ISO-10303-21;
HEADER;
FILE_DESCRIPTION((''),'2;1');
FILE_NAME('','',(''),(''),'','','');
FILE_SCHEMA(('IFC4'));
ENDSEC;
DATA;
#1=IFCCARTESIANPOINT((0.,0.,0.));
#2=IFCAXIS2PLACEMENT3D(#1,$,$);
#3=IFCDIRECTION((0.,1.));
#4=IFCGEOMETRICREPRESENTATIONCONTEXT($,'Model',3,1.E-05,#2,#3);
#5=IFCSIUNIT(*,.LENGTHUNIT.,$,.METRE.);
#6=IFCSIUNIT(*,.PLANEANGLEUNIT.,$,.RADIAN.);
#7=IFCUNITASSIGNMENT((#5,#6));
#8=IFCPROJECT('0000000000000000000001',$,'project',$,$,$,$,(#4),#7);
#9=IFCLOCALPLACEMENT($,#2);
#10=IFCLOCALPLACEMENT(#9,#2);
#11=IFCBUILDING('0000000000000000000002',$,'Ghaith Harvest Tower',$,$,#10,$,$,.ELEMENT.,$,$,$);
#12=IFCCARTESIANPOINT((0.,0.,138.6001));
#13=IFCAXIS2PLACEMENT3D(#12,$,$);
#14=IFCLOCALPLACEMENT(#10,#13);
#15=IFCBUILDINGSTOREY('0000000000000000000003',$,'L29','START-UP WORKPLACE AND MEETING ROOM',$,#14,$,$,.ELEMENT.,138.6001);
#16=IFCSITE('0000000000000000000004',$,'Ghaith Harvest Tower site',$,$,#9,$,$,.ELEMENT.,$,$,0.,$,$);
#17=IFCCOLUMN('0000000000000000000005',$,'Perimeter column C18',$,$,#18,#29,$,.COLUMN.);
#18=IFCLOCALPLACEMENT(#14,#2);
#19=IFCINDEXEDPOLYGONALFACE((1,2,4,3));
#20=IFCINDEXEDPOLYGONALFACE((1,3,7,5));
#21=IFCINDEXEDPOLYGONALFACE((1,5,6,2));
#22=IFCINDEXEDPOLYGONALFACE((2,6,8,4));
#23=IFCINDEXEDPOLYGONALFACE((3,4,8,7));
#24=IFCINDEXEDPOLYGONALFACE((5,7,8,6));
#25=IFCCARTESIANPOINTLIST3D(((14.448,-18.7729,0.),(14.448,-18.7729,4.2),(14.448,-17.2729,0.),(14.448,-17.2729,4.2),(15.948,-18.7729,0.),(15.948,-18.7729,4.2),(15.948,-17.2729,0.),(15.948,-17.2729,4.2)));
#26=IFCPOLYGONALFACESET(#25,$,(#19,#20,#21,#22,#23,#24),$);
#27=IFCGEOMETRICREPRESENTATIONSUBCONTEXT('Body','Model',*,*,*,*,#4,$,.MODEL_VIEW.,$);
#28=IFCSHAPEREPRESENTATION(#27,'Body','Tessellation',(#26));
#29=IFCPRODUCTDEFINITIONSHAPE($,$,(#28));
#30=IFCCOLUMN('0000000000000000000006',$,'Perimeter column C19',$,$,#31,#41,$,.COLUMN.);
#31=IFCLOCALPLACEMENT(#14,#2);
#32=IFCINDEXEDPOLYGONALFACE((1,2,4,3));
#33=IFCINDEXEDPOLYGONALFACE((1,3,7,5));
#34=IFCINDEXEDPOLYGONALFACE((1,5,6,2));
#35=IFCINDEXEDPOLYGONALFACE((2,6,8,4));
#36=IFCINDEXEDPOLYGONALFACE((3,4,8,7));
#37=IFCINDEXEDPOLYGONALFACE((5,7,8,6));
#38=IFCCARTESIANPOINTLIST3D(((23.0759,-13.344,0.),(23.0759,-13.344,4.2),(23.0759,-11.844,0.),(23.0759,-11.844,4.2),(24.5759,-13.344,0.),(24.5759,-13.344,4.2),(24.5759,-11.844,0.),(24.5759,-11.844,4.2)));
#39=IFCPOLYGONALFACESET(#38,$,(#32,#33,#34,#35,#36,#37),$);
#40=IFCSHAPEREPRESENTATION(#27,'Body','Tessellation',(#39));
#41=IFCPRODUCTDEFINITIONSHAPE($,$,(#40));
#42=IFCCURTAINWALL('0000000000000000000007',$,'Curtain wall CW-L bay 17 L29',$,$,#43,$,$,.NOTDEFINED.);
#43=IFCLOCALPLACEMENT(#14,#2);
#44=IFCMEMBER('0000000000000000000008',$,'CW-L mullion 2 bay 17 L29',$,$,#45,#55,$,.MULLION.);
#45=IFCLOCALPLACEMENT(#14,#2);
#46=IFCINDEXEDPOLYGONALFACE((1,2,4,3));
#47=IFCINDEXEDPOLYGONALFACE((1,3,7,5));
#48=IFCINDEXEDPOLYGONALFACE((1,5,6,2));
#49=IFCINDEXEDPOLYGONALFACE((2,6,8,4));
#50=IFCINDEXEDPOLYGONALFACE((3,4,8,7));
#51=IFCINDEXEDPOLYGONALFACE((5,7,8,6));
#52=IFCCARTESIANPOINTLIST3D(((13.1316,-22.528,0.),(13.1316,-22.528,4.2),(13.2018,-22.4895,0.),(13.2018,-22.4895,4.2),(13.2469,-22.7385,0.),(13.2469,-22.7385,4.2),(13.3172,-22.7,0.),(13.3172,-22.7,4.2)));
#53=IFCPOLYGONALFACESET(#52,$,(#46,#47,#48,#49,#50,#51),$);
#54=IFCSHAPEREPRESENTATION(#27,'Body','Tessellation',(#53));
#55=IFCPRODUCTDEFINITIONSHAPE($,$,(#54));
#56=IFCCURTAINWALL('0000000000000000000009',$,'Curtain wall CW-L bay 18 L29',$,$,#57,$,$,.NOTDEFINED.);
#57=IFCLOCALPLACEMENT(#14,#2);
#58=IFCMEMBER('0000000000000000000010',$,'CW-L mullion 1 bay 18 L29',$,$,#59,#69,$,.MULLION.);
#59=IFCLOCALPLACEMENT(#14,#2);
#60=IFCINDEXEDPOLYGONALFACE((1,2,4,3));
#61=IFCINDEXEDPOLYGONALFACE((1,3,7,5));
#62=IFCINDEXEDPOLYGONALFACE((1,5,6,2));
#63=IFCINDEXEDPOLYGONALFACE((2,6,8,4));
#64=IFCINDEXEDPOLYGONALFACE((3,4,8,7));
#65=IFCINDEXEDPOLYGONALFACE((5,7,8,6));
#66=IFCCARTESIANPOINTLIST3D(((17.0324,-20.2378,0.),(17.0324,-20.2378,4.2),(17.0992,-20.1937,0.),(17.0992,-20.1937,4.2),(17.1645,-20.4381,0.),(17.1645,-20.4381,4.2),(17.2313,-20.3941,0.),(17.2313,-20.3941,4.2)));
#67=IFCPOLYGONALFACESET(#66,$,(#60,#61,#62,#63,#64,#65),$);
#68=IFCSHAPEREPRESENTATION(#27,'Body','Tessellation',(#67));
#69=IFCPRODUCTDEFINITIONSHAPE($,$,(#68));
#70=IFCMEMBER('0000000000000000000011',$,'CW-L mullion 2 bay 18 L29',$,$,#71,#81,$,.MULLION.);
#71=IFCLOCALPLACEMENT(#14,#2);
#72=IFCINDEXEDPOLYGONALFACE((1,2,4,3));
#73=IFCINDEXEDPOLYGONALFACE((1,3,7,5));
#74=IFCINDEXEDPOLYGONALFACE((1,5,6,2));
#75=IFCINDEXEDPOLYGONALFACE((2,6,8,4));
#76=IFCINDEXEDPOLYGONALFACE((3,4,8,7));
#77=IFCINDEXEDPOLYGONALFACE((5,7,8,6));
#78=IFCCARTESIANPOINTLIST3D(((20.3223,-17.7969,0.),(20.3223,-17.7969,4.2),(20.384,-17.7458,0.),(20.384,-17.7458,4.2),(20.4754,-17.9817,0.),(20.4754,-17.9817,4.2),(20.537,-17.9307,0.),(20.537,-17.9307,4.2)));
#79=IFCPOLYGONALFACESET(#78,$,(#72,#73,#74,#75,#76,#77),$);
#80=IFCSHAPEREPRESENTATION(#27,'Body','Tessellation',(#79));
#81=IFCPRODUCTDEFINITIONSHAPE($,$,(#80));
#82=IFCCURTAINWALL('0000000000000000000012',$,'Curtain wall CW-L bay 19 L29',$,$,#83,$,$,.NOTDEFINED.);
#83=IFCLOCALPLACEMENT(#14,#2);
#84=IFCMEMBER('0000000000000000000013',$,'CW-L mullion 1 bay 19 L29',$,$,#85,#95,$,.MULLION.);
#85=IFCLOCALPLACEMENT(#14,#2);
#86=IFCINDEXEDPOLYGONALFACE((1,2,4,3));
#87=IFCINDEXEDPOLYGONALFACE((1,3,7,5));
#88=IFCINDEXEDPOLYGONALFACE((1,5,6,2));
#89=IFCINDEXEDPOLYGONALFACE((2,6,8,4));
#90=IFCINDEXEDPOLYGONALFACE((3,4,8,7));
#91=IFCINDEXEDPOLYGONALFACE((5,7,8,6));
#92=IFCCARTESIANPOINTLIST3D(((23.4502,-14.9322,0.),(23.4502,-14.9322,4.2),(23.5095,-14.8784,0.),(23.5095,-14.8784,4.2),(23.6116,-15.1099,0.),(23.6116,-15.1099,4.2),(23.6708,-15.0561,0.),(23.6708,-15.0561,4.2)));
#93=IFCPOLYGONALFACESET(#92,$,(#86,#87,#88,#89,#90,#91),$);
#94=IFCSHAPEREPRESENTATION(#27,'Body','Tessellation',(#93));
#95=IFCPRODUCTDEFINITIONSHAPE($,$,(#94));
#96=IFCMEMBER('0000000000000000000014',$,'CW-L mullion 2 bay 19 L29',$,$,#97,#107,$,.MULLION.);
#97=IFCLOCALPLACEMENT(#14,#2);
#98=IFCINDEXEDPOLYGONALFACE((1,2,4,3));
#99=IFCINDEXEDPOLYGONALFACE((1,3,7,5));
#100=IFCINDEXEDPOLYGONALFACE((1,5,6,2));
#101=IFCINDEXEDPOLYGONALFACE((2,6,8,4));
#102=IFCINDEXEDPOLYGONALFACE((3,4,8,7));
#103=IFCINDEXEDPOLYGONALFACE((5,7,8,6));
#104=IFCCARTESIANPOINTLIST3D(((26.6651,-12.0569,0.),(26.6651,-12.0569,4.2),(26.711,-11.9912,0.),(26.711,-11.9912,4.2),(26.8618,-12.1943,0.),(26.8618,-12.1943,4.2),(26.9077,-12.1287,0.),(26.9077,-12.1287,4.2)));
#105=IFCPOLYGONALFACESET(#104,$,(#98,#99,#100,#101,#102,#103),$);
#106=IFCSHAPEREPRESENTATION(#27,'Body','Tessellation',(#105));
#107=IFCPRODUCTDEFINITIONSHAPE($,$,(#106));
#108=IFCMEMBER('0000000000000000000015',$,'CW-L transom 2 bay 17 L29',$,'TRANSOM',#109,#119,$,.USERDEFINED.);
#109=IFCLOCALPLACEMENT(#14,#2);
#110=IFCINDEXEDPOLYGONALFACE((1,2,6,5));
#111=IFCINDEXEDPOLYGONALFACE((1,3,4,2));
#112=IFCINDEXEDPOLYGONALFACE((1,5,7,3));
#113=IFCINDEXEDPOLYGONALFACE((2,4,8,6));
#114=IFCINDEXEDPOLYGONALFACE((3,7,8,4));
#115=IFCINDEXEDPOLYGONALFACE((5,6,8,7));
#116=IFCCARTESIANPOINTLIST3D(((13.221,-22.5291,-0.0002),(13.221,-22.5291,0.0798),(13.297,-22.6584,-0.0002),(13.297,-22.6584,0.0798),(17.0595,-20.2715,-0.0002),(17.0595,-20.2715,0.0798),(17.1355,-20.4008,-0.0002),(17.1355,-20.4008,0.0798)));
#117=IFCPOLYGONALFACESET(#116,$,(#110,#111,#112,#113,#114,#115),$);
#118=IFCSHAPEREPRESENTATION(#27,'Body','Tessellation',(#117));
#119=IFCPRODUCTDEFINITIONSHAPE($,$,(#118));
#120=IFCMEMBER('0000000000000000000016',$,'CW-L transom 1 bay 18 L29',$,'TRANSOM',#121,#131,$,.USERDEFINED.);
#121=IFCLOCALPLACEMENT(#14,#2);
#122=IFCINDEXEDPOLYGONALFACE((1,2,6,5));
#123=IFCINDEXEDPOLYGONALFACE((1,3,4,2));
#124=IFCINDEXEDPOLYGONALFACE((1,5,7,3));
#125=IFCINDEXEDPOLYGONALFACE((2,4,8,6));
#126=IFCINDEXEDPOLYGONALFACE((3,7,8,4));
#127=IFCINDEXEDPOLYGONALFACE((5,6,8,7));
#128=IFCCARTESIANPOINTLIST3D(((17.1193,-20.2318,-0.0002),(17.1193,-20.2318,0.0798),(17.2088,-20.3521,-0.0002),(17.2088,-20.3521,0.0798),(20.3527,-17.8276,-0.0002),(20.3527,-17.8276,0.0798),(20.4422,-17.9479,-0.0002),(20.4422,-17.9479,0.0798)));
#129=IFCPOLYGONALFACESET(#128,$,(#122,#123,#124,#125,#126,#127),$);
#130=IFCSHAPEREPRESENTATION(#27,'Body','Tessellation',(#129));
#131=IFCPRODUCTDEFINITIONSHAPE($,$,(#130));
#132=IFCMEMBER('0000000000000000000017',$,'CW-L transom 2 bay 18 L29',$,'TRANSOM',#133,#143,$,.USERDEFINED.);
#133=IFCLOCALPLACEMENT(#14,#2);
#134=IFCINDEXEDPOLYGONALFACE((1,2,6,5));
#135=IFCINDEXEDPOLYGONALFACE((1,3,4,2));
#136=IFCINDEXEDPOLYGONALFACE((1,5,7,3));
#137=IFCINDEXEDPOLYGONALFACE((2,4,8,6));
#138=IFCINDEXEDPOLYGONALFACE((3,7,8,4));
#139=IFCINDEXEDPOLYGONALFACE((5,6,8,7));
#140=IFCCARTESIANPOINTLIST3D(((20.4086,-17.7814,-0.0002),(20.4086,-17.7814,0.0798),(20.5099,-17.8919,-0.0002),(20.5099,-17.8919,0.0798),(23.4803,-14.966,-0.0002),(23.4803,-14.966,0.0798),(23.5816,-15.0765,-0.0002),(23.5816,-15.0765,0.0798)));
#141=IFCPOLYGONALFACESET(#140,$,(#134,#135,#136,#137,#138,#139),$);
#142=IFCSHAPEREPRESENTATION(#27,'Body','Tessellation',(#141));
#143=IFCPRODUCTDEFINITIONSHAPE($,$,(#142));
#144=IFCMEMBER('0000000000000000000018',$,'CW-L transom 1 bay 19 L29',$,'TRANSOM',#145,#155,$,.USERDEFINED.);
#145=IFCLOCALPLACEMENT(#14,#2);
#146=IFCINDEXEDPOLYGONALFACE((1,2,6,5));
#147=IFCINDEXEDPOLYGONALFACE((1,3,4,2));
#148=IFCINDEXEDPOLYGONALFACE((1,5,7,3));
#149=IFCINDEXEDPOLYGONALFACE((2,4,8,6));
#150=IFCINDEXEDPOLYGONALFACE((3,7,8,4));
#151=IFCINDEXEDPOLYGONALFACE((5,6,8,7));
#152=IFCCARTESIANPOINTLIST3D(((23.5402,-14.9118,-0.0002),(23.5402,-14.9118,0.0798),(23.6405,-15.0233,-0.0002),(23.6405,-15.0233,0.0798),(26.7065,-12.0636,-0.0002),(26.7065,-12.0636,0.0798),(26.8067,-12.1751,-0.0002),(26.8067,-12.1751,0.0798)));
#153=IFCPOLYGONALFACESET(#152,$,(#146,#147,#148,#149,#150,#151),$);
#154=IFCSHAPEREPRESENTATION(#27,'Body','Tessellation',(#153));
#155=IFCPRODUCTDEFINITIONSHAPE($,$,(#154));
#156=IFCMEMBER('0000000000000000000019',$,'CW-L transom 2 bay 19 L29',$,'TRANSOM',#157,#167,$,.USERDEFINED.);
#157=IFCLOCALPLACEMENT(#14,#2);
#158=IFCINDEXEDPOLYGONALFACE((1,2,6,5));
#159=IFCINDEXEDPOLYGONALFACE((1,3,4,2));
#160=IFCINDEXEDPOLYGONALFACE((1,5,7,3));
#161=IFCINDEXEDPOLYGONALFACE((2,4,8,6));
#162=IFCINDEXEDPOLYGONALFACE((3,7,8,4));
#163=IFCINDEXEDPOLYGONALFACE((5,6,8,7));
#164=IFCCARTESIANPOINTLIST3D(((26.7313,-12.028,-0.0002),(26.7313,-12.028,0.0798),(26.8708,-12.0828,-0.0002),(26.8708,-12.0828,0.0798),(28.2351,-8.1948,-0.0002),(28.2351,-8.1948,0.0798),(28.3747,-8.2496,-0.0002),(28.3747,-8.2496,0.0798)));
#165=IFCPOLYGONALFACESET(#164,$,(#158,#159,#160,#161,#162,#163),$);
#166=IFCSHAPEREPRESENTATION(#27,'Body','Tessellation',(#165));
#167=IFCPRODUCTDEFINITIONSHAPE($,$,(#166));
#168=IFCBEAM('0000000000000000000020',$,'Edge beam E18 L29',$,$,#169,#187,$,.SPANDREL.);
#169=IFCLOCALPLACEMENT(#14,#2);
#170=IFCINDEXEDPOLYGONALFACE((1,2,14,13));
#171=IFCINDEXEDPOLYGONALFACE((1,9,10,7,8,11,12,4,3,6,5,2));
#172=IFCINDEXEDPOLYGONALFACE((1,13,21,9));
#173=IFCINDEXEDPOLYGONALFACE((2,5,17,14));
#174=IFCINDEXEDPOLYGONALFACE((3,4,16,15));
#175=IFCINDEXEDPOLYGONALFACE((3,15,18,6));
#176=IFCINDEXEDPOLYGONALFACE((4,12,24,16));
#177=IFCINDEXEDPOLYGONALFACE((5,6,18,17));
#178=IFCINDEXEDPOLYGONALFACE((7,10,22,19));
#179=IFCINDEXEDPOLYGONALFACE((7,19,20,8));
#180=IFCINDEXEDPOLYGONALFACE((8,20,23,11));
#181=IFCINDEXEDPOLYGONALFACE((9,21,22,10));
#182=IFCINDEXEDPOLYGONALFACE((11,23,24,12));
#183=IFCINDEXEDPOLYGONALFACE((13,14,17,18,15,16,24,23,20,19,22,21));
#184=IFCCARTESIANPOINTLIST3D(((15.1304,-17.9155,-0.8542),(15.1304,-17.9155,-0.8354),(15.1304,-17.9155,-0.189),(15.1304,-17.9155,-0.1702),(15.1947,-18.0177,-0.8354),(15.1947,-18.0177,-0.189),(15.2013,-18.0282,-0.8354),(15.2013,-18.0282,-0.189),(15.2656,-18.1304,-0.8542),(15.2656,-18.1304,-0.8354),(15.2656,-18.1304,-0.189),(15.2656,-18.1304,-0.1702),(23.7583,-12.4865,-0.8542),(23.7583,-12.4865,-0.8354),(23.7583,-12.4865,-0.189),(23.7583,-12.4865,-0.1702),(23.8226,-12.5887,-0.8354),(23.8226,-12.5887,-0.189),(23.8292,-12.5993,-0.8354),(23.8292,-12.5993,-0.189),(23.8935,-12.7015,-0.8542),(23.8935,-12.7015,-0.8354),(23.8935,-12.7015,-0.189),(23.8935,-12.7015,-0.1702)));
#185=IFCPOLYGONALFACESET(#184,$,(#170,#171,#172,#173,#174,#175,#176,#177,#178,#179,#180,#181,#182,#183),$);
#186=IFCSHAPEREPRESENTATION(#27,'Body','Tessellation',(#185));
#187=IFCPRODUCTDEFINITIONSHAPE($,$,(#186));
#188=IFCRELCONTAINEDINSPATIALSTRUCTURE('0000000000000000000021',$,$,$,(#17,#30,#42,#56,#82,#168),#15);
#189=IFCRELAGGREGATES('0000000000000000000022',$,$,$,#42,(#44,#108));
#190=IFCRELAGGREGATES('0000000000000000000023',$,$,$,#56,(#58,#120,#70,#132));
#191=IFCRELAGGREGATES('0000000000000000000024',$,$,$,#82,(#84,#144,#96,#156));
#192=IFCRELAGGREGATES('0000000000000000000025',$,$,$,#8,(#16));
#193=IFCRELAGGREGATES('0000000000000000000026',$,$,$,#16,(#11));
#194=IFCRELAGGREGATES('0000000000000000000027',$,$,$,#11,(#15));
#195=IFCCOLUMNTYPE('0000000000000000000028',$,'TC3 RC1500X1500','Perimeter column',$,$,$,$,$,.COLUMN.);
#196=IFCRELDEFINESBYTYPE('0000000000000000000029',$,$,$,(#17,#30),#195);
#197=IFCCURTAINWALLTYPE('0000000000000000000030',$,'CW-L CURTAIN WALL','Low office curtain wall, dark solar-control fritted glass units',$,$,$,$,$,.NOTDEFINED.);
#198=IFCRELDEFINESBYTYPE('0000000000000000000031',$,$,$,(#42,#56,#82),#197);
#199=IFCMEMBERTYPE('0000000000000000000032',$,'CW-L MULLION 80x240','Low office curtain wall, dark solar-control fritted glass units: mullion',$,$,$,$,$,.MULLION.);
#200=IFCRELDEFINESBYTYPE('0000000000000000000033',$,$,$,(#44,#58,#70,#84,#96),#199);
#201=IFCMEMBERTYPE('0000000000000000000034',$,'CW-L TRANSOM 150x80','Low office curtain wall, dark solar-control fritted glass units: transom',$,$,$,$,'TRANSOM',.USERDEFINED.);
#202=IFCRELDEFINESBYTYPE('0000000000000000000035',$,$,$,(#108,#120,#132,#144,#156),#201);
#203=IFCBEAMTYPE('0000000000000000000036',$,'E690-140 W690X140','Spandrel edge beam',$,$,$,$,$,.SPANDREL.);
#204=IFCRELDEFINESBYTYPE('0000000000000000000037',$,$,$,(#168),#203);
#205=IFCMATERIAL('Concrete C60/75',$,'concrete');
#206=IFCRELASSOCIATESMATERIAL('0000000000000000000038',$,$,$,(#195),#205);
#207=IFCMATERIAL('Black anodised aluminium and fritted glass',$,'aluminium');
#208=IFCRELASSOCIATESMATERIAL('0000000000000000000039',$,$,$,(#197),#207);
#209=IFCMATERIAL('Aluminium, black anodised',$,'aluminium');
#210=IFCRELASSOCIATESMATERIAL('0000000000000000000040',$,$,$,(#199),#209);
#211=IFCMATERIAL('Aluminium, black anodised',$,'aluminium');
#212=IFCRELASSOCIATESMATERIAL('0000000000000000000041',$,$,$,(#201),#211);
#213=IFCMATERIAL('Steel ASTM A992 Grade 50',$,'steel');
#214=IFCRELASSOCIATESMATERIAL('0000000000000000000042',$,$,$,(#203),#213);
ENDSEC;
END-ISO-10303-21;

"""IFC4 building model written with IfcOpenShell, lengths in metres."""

from ifc_helpers import new_model, si_unit, direction, frame, origin, origin_2d, place, context, subcontext, project, spatial, rectangle, i_section, extrude, material, material_profile, profile_set, type_object, element, aggregate, save


model = new_model("IFC4")

# Units and contexts
model_context = context("Model", 3, precision=1e-05, world=origin(), true_north=direction((0.0, 1.0)))
body_context = subcontext(model_context, "Body", "Model", "MODEL_VIEW")
ifc_project = project(units=[si_unit("LENGTHUNIT", "METRE"), si_unit("PLANEANGLEUNIT", "RADIAN")], contexts=[model_context])

# Site, building, storey
site_placement = place(None, origin())
site = spatial("IfcSite", under=ifc_project, at=site_placement, Name="Ghaith Harvest Tower site", CompositionType="ELEMENT", RefElevation=0.0)
building_placement = place(site_placement, origin())
building = spatial("IfcBuilding", under=site, at=building_placement, Name="Ghaith Harvest Tower", CompositionType="ELEMENT")
storey_placement = place(building_placement, frame((0.0, 0.0, 138.6001)))
storey = spatial("IfcBuildingStorey", under=building, at=storey_placement, Name="L29", Description="START-UP WORKPLACE AND MEETING ROOM", CompositionType="ELEMENT", Elevation=138.6001)

# Columns
ifc_material_1 = material(Name="Concrete C60/75", Category="concrete")
ifc_material_profile_1 = material_profile(ifc_material_1, rectangle(XDim=1.5, YDim=1.5, at=origin_2d()), Name="RC1500X1500")
ifc_profile_set_1 = profile_set([ifc_material_profile_1], Name="Concrete C60/75")
column_type = type_object("IfcColumnType", Name="TC3 RC1500X1500", Description="Perimeter column", PredefinedType="COLUMN", material=ifc_profile_set_1)
for number, where, z_axis, x_axis, name in (
    (1, (15.198, -18.0229, 0.0), (0.0, 0.0, 1.0), (1.0, 0.0, 0.0), "Perimeter column C18"),
    (2, (23.8259, -12.594, 0.0), (0.0, 0.0, 1.0), (1.0, 0.0, 0.0), "Perimeter column C19"),
):
    element("IfcColumn", number, at=place(storey_placement, frame(where, z_axis=z_axis, x_axis=x_axis)), inside=storey, type_object=column_type, Name=name, PredefinedType="COLUMN", context=body_context, shape_type="SweptSolid", body=[
        extrude(rectangle(XDim=1.5, YDim=1.5, at=origin_2d()), origin(), (0.0, 0.0, 1.0), 4.2),
    ])

# Curtain wall, member
ifc_material_2 = material(Name="Black anodised aluminium and fritted glass", Category="aluminium")
curtain_wall_type = type_object("IfcCurtainWallType", Name="CW-L CURTAIN WALL", Description="Low office curtain wall, dark solar-control fritted glass units", PredefinedType="NOTDEFINED", material=ifc_material_2)
curtain_wall_1_placement = place(storey_placement, origin())
curtain_wall_1 = element("IfcCurtainWall", 3, at=curtain_wall_1_placement, inside=storey, type_object=curtain_wall_type, Name="Curtain wall CW-L bay 17 L29", PredefinedType="NOTDEFINED")
ifc_material_3 = material(Name="Aluminium, black anodised", Category="aluminium")
ifc_material_profile_2 = material_profile(ifc_material_3, rectangle(XDim=0.0801, YDim=0.24, at=origin_2d()), Name="CW-L MULLION 80x240")
ifc_profile_set_2 = profile_set([ifc_material_profile_2], Name="Aluminium, black anodised")
member_type_1 = type_object("IfcMemberType", Name="CW-L MULLION 80x240", Description="Low office curtain wall, dark solar-control fritted glass units: mullion", PredefinedType="MULLION", material=ifc_profile_set_2)
member_1_placement = place(storey_placement, frame((13.2244, -22.614, 0.0), z_axis=(0.0, 0.0, 1.0), x_axis=(0.876899, 0.480675, 0.0)))
member_1 = element("IfcMember", 4, at=member_1_placement, type_object=member_type_1, Name="CW-L mullion 2 bay 17 L29", PredefinedType="MULLION", context=body_context, shape_type="SweptSolid", body=[
    extrude(rectangle(XDim=0.0801, YDim=0.24, at=origin_2d()), origin(), (0.0, 0.0, 1.0), 4.2),
])

# Curtain walls, members
curtain_wall_2_placement = place(storey_placement, origin())
curtain_wall_2 = element("IfcCurtainWall", 5, at=curtain_wall_2_placement, inside=storey, type_object=curtain_wall_type, Name="Curtain wall CW-L bay 18 L29", PredefinedType="NOTDEFINED")
member_2_placement = place(storey_placement, frame((17.1318, -20.3159, 0.0), z_axis=(0.0, 0.0, 1.0), x_axis=(0.834887, 0.550421, 0.0)))
member_2 = element("IfcMember", 6, at=member_2_placement, type_object=member_type_1, Name="CW-L mullion 1 bay 18 L29", PredefinedType="MULLION", context=body_context, shape_type="SweptSolid", body=[
    extrude(rectangle(XDim=0.0801, YDim=0.24, at=origin_2d()), origin(), (0.0, 0.0, 1.0), 4.2),
])
member_3_placement = place(storey_placement, frame((20.4297, -17.8638, 0.0), z_axis=(0.0, 0.0, 1.0), x_axis=(0.770306, 0.637674, 0.0)))
member_3 = element("IfcMember", 7, at=member_3_placement, type_object=member_type_1, Name="CW-L mullion 2 bay 18 L29", PredefinedType="MULLION", context=body_context, shape_type="SweptSolid", body=[
    extrude(rectangle(XDim=0.0801, YDim=0.24, at=origin_2d()), origin(), (0.0, 0.0, 1.0), 4.2),
])
curtain_wall_3_placement = place(storey_placement, origin())
curtain_wall_3 = element("IfcCurtainWall", 8, at=curtain_wall_3_placement, inside=storey, type_object=curtain_wall_type, Name="Curtain wall CW-L bay 19 L29", PredefinedType="NOTDEFINED")
member_4_placement = place(storey_placement, frame((23.5605, -14.9941, 0.0), z_axis=(0.0, 0.0, 1.0), x_axis=(0.740389, 0.672179, 0.0)))
member_4 = element("IfcMember", 9, at=member_4_placement, type_object=member_type_1, Name="CW-L mullion 1 bay 19 L29", PredefinedType="MULLION", context=body_context, shape_type="SweptSolid", body=[
    extrude(rectangle(XDim=0.0801, YDim=0.24, at=origin_2d()), origin(), (0.0, 0.0, 1.0), 4.2),
])
member_5_placement = place(storey_placement, frame((26.7864, -12.0928, 0.0), z_axis=(0.0, 0.0, 1.0), x_axis=(0.572853, 0.819658, 0.0)))
member_5 = element("IfcMember", 10, at=member_5_placement, type_object=member_type_1, Name="CW-L mullion 2 bay 19 L29", PredefinedType="MULLION", context=body_context, shape_type="SweptSolid", body=[
    extrude(rectangle(XDim=0.0801, YDim=0.24, at=origin_2d()), origin(), (0.0, 0.0, 1.0), 4.2),
])

# Members
ifc_material_4 = material(Name="Aluminium, black anodised", Category="aluminium")
ifc_material_profile_3 = material_profile(ifc_material_4, rectangle(XDim=0.1499, YDim=0.0801, at=origin_2d()), Name="CW-L TRANSOM 150x80")
ifc_profile_set_3 = profile_set([ifc_material_profile_3], Name="Aluminium, black anodised")
member_type_2 = type_object("IfcMemberType", Name="CW-L TRANSOM 150x80", Description="Low office curtain wall, dark solar-control fritted glass units: transom", ElementType="TRANSOM", PredefinedType="USERDEFINED", material=ifc_profile_set_3)
member_6_placement = place(storey_placement, frame((13.259, -22.5938, 0.0398), z_axis=(0.861964, 0.50697, 0.0), x_axis=(-0.50697, 0.861964, 0.0)))
member_6 = element("IfcMember", 11, at=member_6_placement, type_object=member_type_2, Name="CW-L transom 2 bay 17 L29", ObjectType="TRANSOM", PredefinedType="USERDEFINED", context=body_context, shape_type="SweptSolid", body=[
    extrude(rectangle(XDim=0.1499, YDim=0.0801, at=origin_2d()), origin(), (0.0, 0.0, 1.0), 4.4531),
])
member_7_placement = place(storey_placement, frame((17.1641, -20.292, 0.0398), z_axis=(0.802465, 0.596699, 0.0), x_axis=(-0.596699, 0.802465, 0.0)))
member_7 = element("IfcMember", 12, at=member_7_placement, type_object=member_type_2, Name="CW-L transom 1 bay 18 L29", ObjectType="TRANSOM", PredefinedType="USERDEFINED", context=body_context, shape_type="SweptSolid", body=[
    extrude(rectangle(XDim=0.1499, YDim=0.0801, at=origin_2d()), origin(), (0.0, 0.0, 1.0), 4.0293),
])
member_8_placement = place(storey_placement, frame((20.4592, -17.8367, 0.0398), z_axis=(0.737198, 0.675677, 0.0), x_axis=(-0.675677, 0.737198, 0.0)))
member_8 = element("IfcMember", 13, at=member_8_placement, type_object=member_type_2, Name="CW-L transom 2 bay 18 L29", ObjectType="TRANSOM", PredefinedType="USERDEFINED", context=body_context, shape_type="SweptSolid", body=[
    extrude(rectangle(XDim=0.1499, YDim=0.0801, at=origin_2d()), origin(), (0.0, 0.0, 1.0), 4.1667),
])
member_9_placement = place(storey_placement, frame((23.5903, -14.9675, 0.0398), z_axis=(0.743468, 0.668772, 0.0), x_axis=(-0.668772, 0.743468, 0.0)))
member_9 = element("IfcMember", 14, at=member_9_placement, type_object=member_type_2, Name="CW-L transom 1 bay 19 L29", ObjectType="TRANSOM", PredefinedType="USERDEFINED", context=body_context, shape_type="SweptSolid", body=[
    extrude(rectangle(XDim=0.1499, YDim=0.0801, at=origin_2d()), origin(), (0.0, 0.0, 1.0), 4.2588),
])
member_10_placement = place(storey_placement, frame((26.801, -12.0554, 0.0398), z_axis=(0.365229, 0.930918, 0.0), x_axis=(-0.930918, 0.365229, 0.0)))
member_10 = element("IfcMember", 15, at=member_10_placement, type_object=member_type_2, Name="CW-L transom 2 bay 19 L29", ObjectType="TRANSOM", PredefinedType="USERDEFINED", context=body_context, shape_type="SweptSolid", body=[
    extrude(rectangle(XDim=0.1499, YDim=0.0801, at=origin_2d()), origin(), (0.0, 0.0, 1.0), 4.1177),
])

# Beam
ifc_material_5 = material(Name="Steel ASTM A992 Grade 50", Category="steel")
ifc_material_profile_4 = material_profile(ifc_material_5, i_section(OverallWidth=0.2539, OverallDepth=0.6841, WebThickness=0.0125, FlangeThickness=0.0188, at=origin_2d()), Name="W690X140")
ifc_profile_set_4 = profile_set([ifc_material_profile_4], Name="Steel ASTM A992 Grade 50")
beam_type = type_object("IfcBeamType", Name="E690-140 W690X140", Description="Spandrel edge beam", PredefinedType="SPANDREL", material=ifc_profile_set_4)
beam_1_placement = place(storey_placement, frame((15.198, -18.0229, -0.5122), z_axis=(0.846385, 0.532571, 0.0), x_axis=(-0.532571, 0.846385, 0.0)))
element("IfcBeam", 16, at=beam_1_placement, inside=storey, type_object=beam_type, Name="Edge beam E18 L29", PredefinedType="SPANDREL", context=body_context, shape_type="SweptSolid", body=[
    extrude(i_section(OverallWidth=0.2539, OverallDepth=0.6841, WebThickness=0.0125, FlangeThickness=0.0188, at=origin_2d()), origin(), (0.0, 0.0, 1.0), 10.1938),
])

aggregate(curtain_wall_1, [member_1, member_6])
aggregate(curtain_wall_2, [member_2, member_7, member_3, member_8])
aggregate(curtain_wall_3, [member_4, member_9, member_5, member_10])

save(model, "model.ifc")
